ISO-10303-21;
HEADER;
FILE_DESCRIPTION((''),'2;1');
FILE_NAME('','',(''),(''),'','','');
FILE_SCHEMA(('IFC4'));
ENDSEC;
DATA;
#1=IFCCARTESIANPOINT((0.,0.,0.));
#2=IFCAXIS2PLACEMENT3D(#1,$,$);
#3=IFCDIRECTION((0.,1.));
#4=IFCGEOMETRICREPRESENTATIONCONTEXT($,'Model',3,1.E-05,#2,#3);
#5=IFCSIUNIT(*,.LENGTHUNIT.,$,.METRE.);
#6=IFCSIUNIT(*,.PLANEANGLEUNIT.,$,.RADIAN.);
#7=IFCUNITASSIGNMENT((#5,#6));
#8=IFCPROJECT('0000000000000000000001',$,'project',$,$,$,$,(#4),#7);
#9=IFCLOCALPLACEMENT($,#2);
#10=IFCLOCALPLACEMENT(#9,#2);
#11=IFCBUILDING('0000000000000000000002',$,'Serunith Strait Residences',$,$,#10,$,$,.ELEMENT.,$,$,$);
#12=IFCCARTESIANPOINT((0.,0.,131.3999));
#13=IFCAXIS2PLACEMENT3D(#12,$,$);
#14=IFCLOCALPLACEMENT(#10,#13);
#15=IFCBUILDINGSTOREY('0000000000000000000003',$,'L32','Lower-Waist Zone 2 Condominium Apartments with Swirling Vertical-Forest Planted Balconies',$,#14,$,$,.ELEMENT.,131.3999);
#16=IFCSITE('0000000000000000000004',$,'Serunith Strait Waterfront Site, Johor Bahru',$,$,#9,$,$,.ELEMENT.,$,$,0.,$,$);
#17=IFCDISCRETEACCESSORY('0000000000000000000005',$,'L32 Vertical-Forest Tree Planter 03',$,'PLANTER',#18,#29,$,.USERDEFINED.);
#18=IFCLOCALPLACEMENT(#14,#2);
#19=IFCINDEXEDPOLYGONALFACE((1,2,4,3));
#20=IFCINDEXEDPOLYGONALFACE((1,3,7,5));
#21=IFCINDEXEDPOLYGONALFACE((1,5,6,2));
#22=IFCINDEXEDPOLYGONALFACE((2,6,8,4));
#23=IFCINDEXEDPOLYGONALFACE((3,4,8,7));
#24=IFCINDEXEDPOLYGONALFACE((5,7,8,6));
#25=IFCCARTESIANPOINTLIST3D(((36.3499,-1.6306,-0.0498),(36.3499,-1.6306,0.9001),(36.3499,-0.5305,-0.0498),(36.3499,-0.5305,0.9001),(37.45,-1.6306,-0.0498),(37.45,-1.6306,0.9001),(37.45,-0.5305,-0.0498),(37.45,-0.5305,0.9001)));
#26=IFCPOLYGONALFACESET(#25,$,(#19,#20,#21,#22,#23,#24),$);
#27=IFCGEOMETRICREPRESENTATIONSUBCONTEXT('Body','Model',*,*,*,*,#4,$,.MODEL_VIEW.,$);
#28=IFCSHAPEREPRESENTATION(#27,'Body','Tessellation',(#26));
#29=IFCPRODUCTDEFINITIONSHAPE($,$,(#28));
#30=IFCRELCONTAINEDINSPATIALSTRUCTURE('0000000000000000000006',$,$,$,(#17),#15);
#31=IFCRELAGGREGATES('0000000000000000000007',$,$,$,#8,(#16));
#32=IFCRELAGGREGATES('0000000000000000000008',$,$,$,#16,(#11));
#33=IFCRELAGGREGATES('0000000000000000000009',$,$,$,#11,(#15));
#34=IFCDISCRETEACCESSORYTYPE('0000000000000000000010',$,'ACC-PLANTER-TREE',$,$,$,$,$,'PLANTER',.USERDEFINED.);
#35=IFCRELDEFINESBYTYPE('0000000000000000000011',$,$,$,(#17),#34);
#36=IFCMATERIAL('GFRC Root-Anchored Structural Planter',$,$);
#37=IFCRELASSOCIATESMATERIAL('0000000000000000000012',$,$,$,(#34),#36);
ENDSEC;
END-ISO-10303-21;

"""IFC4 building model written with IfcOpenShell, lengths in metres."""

from ifc_helpers import new_model, si_unit, direction, frame, origin, origin_2d, place, context, subcontext, project, spatial, rectangle, extrude, source, transform, mapped, material, type_object, element, save


model = new_model("IFC4")

# Units and contexts
model_context = context("Model", 3, precision=1e-05, world=origin(), true_north=direction((0.0, 1.0)))
body_context = subcontext(model_context, "Body", "Model", "MODEL_VIEW")
ifc_project = project(units=[si_unit("LENGTHUNIT", "METRE"), si_unit("PLANEANGLEUNIT", "RADIAN")], contexts=[model_context])

# Site, building, storey
site_placement = place(None, origin())
site = spatial("IfcSite", under=ifc_project, at=site_placement, Name="Serunith Strait Waterfront Site, Johor Bahru", CompositionType="ELEMENT", RefElevation=0.0)
building_placement = place(site_placement, origin())
building = spatial("IfcBuilding", under=site, at=building_placement, Name="Serunith Strait Residences", CompositionType="ELEMENT")
storey_placement = place(building_placement, frame((0.0, 0.0, 131.3999)))
storey = spatial("IfcBuildingStorey", under=building, at=storey_placement, Name="L32", Description="Lower-Waist Zone 2 Condominium Apartments with Swirling Vertical-Forest Planted Balconies", CompositionType="ELEMENT", Elevation=131.3999)

# Discrete accessory
ifc_material_1 = material(Name="GFRC Root-Anchored Structural Planter")
discrete_accessory_type = type_object("IfcDiscreteAccessoryType", Name="ACC-PLANTER-TREE", ElementType="PLANTER", PredefinedType="USERDEFINED", material=ifc_material_1)
shared_shape_1 = source(origin(), body_context, "Body", "SweptSolid", [
    extrude(rectangle(XDim=1.1001, YDim=1.1001, at=origin_2d()), origin(), (0.0, 0.0, 1.0), 0.95),
])
discrete_accessory_placement = place(storey_placement, frame((36.8999, -1.0806, -0.0498), z_axis=(0.0, 0.0, 1.0), x_axis=(1.0, 0.0, 0.0)))
element("IfcDiscreteAccessory", 1, at=discrete_accessory_placement, inside=storey, type_object=discrete_accessory_type, Name="L32 Vertical-Forest Tree Planter 03", ObjectType="PLANTER", PredefinedType="USERDEFINED", context=body_context, shape_type="MappedRepresentation", body=[
    mapped(shared_shape_1, transform((0.0, 0.0, 0.0), scale=1.0)),
])

save(model, "model.ifc")
